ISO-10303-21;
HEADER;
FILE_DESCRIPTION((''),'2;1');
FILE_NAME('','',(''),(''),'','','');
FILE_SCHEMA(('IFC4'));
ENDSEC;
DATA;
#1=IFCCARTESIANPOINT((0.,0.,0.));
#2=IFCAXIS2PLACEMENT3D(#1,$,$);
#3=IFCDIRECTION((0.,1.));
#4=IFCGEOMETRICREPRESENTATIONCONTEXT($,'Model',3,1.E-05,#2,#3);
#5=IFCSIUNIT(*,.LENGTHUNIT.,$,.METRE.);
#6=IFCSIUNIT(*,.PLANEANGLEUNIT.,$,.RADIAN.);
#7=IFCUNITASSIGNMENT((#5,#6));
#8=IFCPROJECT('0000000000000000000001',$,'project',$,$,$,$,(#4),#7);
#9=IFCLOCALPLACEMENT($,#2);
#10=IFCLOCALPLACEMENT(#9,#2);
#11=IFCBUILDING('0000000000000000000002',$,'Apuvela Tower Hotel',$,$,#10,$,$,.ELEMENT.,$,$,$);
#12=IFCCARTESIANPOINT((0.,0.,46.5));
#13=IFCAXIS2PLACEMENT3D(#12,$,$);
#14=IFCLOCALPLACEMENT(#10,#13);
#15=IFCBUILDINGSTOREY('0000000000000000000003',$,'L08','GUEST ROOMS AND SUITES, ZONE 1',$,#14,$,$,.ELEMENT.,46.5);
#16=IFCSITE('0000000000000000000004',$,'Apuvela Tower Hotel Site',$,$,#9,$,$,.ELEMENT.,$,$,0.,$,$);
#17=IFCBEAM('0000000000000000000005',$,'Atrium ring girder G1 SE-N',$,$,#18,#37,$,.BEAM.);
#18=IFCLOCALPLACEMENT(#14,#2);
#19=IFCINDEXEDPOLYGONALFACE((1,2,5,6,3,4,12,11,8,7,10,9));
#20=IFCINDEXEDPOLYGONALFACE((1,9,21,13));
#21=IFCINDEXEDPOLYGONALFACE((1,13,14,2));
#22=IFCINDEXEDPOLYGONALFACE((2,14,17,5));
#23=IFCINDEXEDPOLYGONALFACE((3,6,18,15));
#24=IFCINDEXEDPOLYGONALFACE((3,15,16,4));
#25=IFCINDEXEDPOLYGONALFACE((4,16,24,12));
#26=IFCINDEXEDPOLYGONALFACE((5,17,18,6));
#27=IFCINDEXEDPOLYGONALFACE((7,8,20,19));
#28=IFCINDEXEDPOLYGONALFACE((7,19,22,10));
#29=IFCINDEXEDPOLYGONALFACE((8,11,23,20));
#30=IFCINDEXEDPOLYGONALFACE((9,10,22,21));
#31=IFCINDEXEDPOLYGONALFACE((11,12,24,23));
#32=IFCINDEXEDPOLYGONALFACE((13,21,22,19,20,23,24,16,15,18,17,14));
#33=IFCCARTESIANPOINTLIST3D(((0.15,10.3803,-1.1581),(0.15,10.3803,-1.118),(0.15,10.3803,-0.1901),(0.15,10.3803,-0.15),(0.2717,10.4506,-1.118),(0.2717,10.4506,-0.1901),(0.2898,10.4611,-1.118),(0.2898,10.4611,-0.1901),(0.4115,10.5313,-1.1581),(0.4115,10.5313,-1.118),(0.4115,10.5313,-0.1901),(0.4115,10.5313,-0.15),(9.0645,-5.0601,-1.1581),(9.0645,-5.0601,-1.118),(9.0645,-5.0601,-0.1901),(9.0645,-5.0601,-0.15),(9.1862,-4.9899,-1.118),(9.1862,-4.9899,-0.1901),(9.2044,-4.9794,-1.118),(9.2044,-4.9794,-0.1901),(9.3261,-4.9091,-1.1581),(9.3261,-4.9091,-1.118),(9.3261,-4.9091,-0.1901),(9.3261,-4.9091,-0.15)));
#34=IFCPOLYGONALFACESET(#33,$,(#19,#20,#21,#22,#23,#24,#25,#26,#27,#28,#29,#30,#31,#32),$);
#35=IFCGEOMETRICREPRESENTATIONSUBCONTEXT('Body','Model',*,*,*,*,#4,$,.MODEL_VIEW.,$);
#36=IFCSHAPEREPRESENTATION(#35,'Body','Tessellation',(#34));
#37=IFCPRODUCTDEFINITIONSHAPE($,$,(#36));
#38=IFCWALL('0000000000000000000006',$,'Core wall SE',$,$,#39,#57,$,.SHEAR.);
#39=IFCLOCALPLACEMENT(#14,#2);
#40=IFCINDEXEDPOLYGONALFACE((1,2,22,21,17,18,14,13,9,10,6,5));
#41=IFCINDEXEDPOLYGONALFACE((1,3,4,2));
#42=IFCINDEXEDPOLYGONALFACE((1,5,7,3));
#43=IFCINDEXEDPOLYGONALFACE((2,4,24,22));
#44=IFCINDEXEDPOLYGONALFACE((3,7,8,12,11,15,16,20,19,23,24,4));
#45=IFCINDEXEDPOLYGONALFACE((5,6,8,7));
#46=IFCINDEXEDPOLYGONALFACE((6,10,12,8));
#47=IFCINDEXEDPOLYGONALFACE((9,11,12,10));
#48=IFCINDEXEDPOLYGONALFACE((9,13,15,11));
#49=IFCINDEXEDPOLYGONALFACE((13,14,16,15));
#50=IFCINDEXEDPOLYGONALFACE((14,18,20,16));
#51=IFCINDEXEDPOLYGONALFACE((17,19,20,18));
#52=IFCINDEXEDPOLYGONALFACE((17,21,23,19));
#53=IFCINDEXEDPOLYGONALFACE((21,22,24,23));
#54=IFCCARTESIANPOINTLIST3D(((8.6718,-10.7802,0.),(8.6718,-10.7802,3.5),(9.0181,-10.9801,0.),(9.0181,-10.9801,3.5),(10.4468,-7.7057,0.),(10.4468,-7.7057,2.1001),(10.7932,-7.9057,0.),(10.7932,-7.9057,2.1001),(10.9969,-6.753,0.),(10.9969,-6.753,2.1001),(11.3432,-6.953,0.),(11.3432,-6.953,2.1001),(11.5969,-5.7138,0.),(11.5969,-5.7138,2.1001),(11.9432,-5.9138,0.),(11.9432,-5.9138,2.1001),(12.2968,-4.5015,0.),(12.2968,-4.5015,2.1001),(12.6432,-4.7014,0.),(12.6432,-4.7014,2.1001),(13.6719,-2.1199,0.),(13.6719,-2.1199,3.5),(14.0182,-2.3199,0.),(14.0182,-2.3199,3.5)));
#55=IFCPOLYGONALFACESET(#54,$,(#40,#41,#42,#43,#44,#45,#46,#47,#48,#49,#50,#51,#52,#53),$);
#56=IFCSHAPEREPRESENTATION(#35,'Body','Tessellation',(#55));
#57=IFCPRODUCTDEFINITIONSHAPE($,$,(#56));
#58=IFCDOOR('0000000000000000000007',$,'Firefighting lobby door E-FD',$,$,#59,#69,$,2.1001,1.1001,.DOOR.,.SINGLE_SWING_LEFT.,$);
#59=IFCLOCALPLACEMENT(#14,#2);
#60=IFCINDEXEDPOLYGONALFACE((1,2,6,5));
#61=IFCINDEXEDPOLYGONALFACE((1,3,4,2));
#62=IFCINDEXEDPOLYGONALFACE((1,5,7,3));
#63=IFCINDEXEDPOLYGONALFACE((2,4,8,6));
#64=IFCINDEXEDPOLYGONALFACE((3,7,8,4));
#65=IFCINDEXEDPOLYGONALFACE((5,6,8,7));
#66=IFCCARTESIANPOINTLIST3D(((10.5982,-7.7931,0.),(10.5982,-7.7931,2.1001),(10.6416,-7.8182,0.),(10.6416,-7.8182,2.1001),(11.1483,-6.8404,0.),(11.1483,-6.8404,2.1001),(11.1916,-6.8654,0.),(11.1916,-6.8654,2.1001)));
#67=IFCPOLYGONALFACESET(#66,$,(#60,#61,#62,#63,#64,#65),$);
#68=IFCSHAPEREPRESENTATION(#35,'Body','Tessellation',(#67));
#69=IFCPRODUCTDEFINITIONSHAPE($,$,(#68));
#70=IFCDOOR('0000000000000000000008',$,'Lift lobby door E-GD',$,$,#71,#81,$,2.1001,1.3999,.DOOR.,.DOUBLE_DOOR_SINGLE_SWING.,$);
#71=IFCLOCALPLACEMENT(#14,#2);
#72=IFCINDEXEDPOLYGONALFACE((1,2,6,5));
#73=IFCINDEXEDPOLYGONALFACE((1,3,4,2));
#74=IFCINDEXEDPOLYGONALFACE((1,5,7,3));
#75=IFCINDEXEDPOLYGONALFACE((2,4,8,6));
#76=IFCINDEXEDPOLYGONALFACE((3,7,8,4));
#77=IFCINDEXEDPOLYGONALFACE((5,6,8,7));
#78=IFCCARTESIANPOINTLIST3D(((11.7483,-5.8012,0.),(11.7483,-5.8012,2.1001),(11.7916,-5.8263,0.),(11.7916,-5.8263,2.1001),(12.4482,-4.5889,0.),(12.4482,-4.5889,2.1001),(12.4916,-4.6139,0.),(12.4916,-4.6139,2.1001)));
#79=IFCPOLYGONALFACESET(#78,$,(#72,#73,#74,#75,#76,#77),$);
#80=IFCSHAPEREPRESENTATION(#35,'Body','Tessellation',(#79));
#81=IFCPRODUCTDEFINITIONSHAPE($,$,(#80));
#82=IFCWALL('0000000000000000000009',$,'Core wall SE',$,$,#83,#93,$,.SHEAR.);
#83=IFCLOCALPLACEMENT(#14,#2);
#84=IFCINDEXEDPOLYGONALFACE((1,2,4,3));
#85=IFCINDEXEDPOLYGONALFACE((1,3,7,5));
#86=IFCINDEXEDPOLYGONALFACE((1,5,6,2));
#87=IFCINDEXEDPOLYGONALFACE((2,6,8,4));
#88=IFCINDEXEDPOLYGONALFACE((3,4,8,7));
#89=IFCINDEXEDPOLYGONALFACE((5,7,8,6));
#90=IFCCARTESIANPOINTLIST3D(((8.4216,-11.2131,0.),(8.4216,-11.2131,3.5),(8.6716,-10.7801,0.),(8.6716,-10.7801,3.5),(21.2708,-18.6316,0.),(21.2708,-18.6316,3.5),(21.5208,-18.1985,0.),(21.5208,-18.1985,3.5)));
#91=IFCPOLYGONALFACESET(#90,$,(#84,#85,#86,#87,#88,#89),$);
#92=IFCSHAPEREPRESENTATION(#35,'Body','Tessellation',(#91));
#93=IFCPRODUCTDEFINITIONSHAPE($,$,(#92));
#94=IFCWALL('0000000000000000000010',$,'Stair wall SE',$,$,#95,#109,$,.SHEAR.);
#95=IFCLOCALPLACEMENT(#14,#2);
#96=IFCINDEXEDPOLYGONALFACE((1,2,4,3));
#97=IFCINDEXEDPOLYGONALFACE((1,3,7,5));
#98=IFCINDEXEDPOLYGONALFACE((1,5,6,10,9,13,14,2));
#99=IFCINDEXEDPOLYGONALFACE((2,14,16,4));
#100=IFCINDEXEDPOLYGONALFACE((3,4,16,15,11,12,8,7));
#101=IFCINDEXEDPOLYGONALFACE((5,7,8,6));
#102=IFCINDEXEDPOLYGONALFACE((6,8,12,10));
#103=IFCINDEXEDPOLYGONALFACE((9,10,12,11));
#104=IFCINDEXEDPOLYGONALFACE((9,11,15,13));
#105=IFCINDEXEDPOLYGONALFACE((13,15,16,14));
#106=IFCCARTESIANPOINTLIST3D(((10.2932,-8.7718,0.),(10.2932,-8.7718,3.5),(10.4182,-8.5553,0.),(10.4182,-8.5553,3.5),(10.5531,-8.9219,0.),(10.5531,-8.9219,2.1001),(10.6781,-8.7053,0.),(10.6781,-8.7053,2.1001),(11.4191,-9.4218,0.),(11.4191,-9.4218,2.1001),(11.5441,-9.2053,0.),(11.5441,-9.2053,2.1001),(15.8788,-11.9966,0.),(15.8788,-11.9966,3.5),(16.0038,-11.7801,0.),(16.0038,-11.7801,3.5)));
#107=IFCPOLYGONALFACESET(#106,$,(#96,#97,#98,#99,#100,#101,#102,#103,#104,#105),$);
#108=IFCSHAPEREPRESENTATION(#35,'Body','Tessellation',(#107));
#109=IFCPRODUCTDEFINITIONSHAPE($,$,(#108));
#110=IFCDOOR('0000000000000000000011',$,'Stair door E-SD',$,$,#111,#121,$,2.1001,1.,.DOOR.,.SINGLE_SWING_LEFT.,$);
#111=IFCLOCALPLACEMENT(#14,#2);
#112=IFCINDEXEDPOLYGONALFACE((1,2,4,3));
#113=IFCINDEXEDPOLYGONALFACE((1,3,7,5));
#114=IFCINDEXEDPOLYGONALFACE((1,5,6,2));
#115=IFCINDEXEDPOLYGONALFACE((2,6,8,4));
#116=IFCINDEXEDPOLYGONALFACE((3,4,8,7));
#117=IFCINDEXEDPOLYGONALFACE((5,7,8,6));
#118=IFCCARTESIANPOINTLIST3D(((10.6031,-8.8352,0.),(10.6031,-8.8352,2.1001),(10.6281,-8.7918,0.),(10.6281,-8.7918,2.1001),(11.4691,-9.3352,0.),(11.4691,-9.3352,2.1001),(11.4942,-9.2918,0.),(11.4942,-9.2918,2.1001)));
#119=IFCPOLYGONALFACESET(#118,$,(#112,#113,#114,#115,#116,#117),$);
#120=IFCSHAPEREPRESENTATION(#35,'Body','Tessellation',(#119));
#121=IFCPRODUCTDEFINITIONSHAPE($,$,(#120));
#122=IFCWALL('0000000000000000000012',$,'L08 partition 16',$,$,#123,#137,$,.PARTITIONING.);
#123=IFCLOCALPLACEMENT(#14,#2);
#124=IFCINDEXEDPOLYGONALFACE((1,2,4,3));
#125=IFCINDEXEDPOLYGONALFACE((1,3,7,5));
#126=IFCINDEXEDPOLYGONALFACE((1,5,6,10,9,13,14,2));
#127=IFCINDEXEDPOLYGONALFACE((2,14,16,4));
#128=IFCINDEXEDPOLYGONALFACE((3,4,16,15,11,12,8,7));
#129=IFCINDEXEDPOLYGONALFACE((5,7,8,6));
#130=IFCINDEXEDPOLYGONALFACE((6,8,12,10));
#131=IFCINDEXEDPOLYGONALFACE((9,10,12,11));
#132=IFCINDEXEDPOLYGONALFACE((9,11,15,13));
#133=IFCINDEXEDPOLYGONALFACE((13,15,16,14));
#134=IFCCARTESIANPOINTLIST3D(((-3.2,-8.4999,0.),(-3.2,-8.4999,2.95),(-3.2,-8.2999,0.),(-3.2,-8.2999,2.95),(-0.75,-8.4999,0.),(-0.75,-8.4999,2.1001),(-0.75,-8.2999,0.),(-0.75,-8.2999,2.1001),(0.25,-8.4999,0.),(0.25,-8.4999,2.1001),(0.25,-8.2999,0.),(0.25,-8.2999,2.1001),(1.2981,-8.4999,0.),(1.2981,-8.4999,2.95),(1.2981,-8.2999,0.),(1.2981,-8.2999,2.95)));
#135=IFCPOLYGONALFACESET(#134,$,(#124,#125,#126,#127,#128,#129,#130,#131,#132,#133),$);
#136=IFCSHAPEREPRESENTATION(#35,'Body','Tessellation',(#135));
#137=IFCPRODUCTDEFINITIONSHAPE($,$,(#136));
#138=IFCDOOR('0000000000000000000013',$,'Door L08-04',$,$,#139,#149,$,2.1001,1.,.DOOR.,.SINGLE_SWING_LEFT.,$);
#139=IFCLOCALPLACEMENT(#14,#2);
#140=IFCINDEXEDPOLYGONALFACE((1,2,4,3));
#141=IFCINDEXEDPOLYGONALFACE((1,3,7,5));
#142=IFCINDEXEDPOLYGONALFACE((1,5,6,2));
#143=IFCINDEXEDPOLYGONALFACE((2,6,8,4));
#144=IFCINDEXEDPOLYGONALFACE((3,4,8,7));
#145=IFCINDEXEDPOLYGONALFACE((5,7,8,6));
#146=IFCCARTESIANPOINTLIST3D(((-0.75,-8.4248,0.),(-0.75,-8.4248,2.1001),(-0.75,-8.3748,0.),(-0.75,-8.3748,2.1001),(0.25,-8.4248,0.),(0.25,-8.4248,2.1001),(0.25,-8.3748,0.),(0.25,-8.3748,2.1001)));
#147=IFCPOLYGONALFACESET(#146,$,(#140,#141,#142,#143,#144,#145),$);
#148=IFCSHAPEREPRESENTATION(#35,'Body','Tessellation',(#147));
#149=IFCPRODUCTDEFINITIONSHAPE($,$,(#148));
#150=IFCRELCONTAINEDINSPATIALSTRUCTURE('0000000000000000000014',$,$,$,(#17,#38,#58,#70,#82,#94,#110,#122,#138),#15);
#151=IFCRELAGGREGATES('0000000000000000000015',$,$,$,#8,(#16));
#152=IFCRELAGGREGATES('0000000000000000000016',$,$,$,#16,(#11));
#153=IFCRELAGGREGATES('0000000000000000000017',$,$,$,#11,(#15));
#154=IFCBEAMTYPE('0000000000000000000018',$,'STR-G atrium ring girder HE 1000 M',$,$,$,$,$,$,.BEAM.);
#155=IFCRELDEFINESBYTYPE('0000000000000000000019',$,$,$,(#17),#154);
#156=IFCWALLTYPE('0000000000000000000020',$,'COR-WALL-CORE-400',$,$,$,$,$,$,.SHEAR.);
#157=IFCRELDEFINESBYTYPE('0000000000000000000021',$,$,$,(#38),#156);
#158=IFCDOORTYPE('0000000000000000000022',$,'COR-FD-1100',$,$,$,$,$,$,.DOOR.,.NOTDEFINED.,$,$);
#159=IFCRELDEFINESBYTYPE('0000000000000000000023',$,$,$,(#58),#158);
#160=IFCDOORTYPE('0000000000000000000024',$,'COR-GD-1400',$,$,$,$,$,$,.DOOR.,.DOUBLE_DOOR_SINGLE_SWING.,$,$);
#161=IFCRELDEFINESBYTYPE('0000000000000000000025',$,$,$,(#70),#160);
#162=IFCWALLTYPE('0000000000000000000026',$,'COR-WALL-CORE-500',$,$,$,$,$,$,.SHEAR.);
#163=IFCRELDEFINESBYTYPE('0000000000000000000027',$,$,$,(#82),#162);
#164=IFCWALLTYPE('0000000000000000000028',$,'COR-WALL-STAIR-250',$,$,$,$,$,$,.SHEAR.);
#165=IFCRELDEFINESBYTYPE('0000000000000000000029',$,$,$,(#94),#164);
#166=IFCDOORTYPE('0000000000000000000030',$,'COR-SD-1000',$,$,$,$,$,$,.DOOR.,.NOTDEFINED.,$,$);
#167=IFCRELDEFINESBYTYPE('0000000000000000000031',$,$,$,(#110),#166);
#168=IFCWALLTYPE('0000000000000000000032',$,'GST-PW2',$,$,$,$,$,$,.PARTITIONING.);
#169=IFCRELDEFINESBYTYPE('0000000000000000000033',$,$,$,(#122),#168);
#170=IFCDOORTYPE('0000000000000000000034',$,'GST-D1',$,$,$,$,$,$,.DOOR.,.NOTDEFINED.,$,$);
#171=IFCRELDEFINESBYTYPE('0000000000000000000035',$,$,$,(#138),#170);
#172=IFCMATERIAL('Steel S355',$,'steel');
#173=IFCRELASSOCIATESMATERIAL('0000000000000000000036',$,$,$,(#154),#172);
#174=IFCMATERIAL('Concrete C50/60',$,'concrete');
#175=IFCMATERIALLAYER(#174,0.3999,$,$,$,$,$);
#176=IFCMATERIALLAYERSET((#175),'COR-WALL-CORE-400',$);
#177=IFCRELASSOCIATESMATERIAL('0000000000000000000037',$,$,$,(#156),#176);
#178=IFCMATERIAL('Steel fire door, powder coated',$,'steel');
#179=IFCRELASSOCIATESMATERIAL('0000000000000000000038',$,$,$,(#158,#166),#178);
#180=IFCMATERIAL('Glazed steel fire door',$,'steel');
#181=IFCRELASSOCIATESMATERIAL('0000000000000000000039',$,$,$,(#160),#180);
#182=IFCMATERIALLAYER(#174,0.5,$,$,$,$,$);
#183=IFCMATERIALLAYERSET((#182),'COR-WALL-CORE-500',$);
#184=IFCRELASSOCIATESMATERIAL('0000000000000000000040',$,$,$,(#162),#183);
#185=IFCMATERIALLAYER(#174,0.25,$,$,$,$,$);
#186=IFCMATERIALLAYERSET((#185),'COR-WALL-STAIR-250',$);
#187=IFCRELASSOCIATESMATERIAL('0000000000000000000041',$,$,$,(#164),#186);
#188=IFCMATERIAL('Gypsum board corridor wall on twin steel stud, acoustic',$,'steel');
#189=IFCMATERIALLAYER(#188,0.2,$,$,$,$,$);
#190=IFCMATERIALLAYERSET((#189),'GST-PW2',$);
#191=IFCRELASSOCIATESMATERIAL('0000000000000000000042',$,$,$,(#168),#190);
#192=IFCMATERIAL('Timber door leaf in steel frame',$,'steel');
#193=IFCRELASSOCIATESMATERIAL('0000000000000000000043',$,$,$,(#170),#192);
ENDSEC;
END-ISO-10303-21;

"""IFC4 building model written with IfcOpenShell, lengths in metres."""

from ifc_helpers import new_model, si_unit, direction, frame, frame_2d, origin, origin_2d, place, context, subcontext, project, spatial, rectangle, i_section, extrude, material, layer, layer_set, material_profile, profile_set, type_object, element, fill, save


model = new_model("IFC4")

# Units and contexts
model_context = context("Model", 3, precision=1e-05, world=origin(), true_north=direction((0.0, 1.0)))
body_context = subcontext(model_context, "Body", "Model", "MODEL_VIEW")
ifc_project = project(units=[si_unit("LENGTHUNIT", "METRE"), si_unit("PLANEANGLEUNIT", "RADIAN")], contexts=[model_context])

# Site, building, storey
site_placement = place(None, origin())
site = spatial("IfcSite", under=ifc_project, at=site_placement, Name="Apuvela Tower Hotel Site", CompositionType="ELEMENT", RefElevation=0.0)
building_placement = place(site_placement, origin())
building = spatial("IfcBuilding", under=site, at=building_placement, Name="Apuvela Tower Hotel", CompositionType="ELEMENT")
storey_placement = place(building_placement, frame((0.0, 0.0, 46.5)))
storey = spatial("IfcBuildingStorey", under=building, at=storey_placement, Name="L08", Description="GUEST ROOMS AND SUITES, ZONE 1", CompositionType="ELEMENT", Elevation=46.5)

# Beam
ifc_material_1 = material(Name="Steel S355", Category="steel")
ifc_material_profile = material_profile(ifc_material_1, i_section(OverallWidth=0.302, OverallDepth=1.0081, WebThickness=0.021, FlangeThickness=0.04, at=origin_2d()), Name="HE 1000 M")
ifc_profile_set = profile_set([ifc_material_profile], Name="Steel S355")
beam_type = type_object("IfcBeamType", Name="STR-G atrium ring girder HE 1000 M", PredefinedType="BEAM", material=ifc_profile_set)
beam_placement = place(storey_placement, frame((9.1953, -4.9846, -0.6541), z_axis=(-0.500001, 0.866025, 0.0), x_axis=(-0.866025, -0.500001, 0.0)))
element("IfcBeam", 1, at=beam_placement, inside=storey, type_object=beam_type, Name="Atrium ring girder G1 SE-N", PredefinedType="BEAM", context=body_context, shape_type="SweptSolid", body=[
    extrude(i_section(OverallWidth=0.302, OverallDepth=1.0081, WebThickness=0.021, FlangeThickness=0.04, at=origin_2d()), origin(), (0.0, 0.0, 1.0), 17.8291),
])

# Wall, openings, doors
ifc_material_2 = material(Name="Concrete C50/60", Category="concrete")
ifc_layer_1 = layer(ifc_material_2, 0.3999)
ifc_layer_set_1 = layer_set([ifc_layer_1], Name="COR-WALL-CORE-400")
wall_type_1 = type_object("IfcWallType", Name="COR-WALL-CORE-400", PredefinedType="SHEAR", material=ifc_layer_set_1)
wall_1_placement = place(storey_placement, frame((8.845, -10.8801, 0.0), z_axis=(0.0, 0.0, 1.0), x_axis=(0.500004, 0.866023, 0.0)))
wall_1 = element("IfcWall", 2, at=wall_1_placement, inside=storey, type_object=wall_type_1, Name="Core wall SE", PredefinedType="SHEAR", context=body_context, shape_type="SweptSolid", body=[
    extrude(rectangle(XDim=10.0, YDim=0.3999, at=frame_2d((5.0, 0.0))), origin(), (0.0, 0.0, 1.0), 3.5),
])
opening_1_placement = place(wall_1_placement, frame((3.55, 0.0, 0.0)))
opening_1 = element("IfcOpeningElement", 3, at=opening_1_placement, cuts=wall_1, PredefinedType="OPENING", context=body_context, shape_type="SweptSolid", body=[
    extrude(rectangle(XDim=1.1001, YDim=2.1001, at=frame_2d((0.55, 1.05))), frame((0.0, 0.21, 0.0), z_axis=(0.0, -1.0, 0.0), x_axis=(1.0, 0.0, 0.0)), (0.0, 0.0, 1.0), 0.4199),
])
opening_2_placement = place(wall_1_placement, frame((5.8501, 0.0, 0.0)))
opening_2 = element("IfcOpeningElement", 4, at=opening_2_placement, cuts=wall_1, PredefinedType="OPENING", context=body_context, shape_type="SweptSolid", body=[
    extrude(rectangle(XDim=1.3999, YDim=2.1001, at=frame_2d((0.7, 1.05))), frame((0.0, 0.21, 0.0), z_axis=(0.0, -1.0, 0.0), x_axis=(1.0, 0.0, 0.0)), (0.0, 0.0, 1.0), 0.4199),
])
ifc_material_3 = material(Name="Steel fire door, powder coated", Category="steel")
door_type_1 = type_object("IfcDoorType", Name="COR-FD-1100", OperationType="NOTDEFINED", PredefinedType="DOOR", material=ifc_material_3)
door_1_placement = place(opening_1_placement, frame((1.1001, 0.0, 0.0), z_axis=(0.0, 0.0, 1.0), x_axis=(-1.0, 0.0, 0.0)))
door_1 = element("IfcDoor", 5, at=door_1_placement, inside=storey, type_object=door_type_1, Name="Firefighting lobby door E-FD", OperationType="SINGLE_SWING_LEFT", OverallHeight=2.1001, OverallWidth=1.1001, PredefinedType="DOOR", context=body_context, shape_type="SweptSolid", body=[
    extrude(rectangle(XDim=1.1001, YDim=2.1001, at=frame_2d((0.55, 1.05))), frame((0.0, 0.0249, 0.0), z_axis=(0.0, -1.0, 0.0), x_axis=(1.0, 0.0, 0.0)), (0.0, 0.0, 1.0), 0.05),
])
fill(opening_1, door_1)
ifc_material_4 = material(Name="Glazed steel fire door", Category="steel")
door_type_2 = type_object("IfcDoorType", Name="COR-GD-1400", OperationType="DOUBLE_DOOR_SINGLE_SWING", PredefinedType="DOOR", material=ifc_material_4)
door_2_placement = place(opening_2_placement, frame((1.3999, 0.0, 0.0), z_axis=(0.0, 0.0, 1.0), x_axis=(-1.0, 0.0, 0.0)))
door_2 = element("IfcDoor", 6, at=door_2_placement, inside=storey, type_object=door_type_2, Name="Lift lobby door E-GD", OperationType="DOUBLE_DOOR_SINGLE_SWING", OverallHeight=2.1001, OverallWidth=1.3999, PredefinedType="DOOR", context=body_context, shape_type="SweptSolid", body=[
    extrude(rectangle(XDim=1.3999, YDim=2.1001, at=frame_2d((0.7, 1.05))), frame((0.0, 0.0249, 0.0), z_axis=(0.0, -1.0, 0.0), x_axis=(1.0, 0.0, 0.0)), (0.0, 0.0, 1.0), 0.05),
])
fill(opening_2, door_2)

# Wall
ifc_layer_2 = layer(ifc_material_2, 0.5)
ifc_layer_set_2 = layer_set([ifc_layer_2], Name="COR-WALL-CORE-500")
wall_type_2 = type_object("IfcWallType", Name="COR-WALL-CORE-500", PredefinedType="SHEAR", material=ifc_layer_set_2)
wall_2_placement = place(storey_placement, frame((8.5466, -10.9966, 0.0), z_axis=(0.0, 0.0, 1.0), x_axis=(0.866025, -0.500001, 0.0)))
element("IfcWall", 7, at=wall_2_placement, inside=storey, type_object=wall_type_2, Name="Core wall SE", PredefinedType="SHEAR", context=body_context, shape_type="SweptSolid", body=[
    extrude(rectangle(XDim=14.8369, YDim=0.5, at=frame_2d((7.4185, 0.0))), origin(), (0.0, 0.0, 1.0), 3.5),
])

# Walls, openings, doors
ifc_layer_3 = layer(ifc_material_2, 0.25)
ifc_layer_set_3 = layer_set([ifc_layer_3], Name="COR-WALL-STAIR-250")
wall_type_3 = type_object("IfcWallType", Name="COR-WALL-STAIR-250", PredefinedType="SHEAR", material=ifc_layer_set_3)
wall_3_placement = place(storey_placement, frame((10.3557, -8.6636, 0.0), z_axis=(0.0, 0.0, 1.0), x_axis=(0.866029, -0.499994, 0.0)))
wall_3 = element("IfcWall", 8, at=wall_3_placement, inside=storey, type_object=wall_type_3, Name="Stair wall SE", PredefinedType="SHEAR", context=body_context, shape_type="SweptSolid", body=[
    extrude(rectangle(XDim=6.4497, YDim=0.25, at=frame_2d((3.2249, 0.0))), origin(), (0.0, 0.0, 1.0), 3.5),
])
opening_3_placement = place(wall_3_placement, frame((0.3, 0.0, 0.0)))
opening_3 = element("IfcOpeningElement", 9, at=opening_3_placement, cuts=wall_3, PredefinedType="OPENING", context=body_context, shape_type="SweptSolid", body=[
    extrude(rectangle(XDim=1.0, YDim=2.1001, at=frame_2d((0.5, 1.05))), frame((0.0, 0.135, 0.0), z_axis=(0.0, -1.0, 0.0), x_axis=(1.0, 0.0, 0.0)), (0.0, 0.0, 1.0), 0.27),
])
door_type_3 = type_object("IfcDoorType", Name="COR-SD-1000", OperationType="NOTDEFINED", PredefinedType="DOOR", material=ifc_material_3)
door_3_placement = place(opening_3_placement, frame((1.0, 0.0, 0.0), z_axis=(0.0, 0.0, 1.0), x_axis=(-1.0, 0.0, 0.0)))
door_3 = element("IfcDoor", 10, at=door_3_placement, inside=storey, type_object=door_type_3, Name="Stair door E-SD", OperationType="SINGLE_SWING_LEFT", OverallHeight=2.1001, OverallWidth=1.0, PredefinedType="DOOR", context=body_context, shape_type="SweptSolid", body=[
    extrude(rectangle(XDim=1.0, YDim=2.1001, at=frame_2d((0.5, 1.05))), frame((0.0, 0.0249, 0.0), z_axis=(0.0, -1.0, 0.0), x_axis=(1.0, 0.0, 0.0)), (0.0, 0.0, 1.0), 0.05),
])
fill(opening_3, door_3)
ifc_material_5 = material(Name="Gypsum board corridor wall on twin steel stud, acoustic", Category="steel")
ifc_layer_4 = layer(ifc_material_5, 0.2)
ifc_layer_set_4 = layer_set([ifc_layer_4], Name="GST-PW2")
wall_type_4 = type_object("IfcWallType", Name="GST-PW2", PredefinedType="PARTITIONING", material=ifc_layer_set_4)
wall_4_placement = place(storey_placement, frame((1.2981, -8.3999, 0.0), z_axis=(0.0, 0.0, 1.0), x_axis=(-1.0, 0.0, 0.0)))
wall_4 = element("IfcWall", 11, at=wall_4_placement, inside=storey, type_object=wall_type_4, Name="L08 partition 16", PredefinedType="PARTITIONING", context=body_context, shape_type="SweptSolid", body=[
    extrude(rectangle(XDim=4.498, YDim=0.2, at=frame_2d((2.249, 0.0))), origin(), (0.0, 0.0, 1.0), 2.95),
])
opening_4_placement = place(wall_4_placement, frame((1.0481, 0.0, 0.0)))
opening_4 = element("IfcOpeningElement", 12, at=opening_4_placement, cuts=wall_4, PredefinedType="OPENING", context=body_context, shape_type="SweptSolid", body=[
    extrude(rectangle(XDim=1.0, YDim=2.1001, at=frame_2d((0.5, 1.05))), frame((0.0, 0.1099, 0.0), z_axis=(0.0, -1.0, 0.0), x_axis=(1.0, 0.0, 0.0)), (0.0, 0.0, 1.0), 0.22),
])
ifc_material_6 = material(Name="Timber door leaf in steel frame", Category="steel")
door_type_4 = type_object("IfcDoorType", Name="GST-D1", OperationType="NOTDEFINED", PredefinedType="DOOR", material=ifc_material_6)
door_4_placement = place(opening_4_placement, origin())
door_4 = element("IfcDoor", 13, at=door_4_placement, inside=storey, type_object=door_type_4, Name="Door L08-04", OperationType="SINGLE_SWING_LEFT", OverallHeight=2.1001, OverallWidth=1.0, PredefinedType="DOOR", context=body_context, shape_type="SweptSolid", body=[
    extrude(rectangle(XDim=1.0, YDim=2.1001, at=frame_2d((0.5, 1.05))), frame((0.0, 0.0249, 0.0), z_axis=(0.0, -1.0, 0.0), x_axis=(1.0, 0.0, 0.0)), (0.0, 0.0, 1.0), 0.05),
])
fill(opening_4, door_4)

save(model, "model.ifc")
